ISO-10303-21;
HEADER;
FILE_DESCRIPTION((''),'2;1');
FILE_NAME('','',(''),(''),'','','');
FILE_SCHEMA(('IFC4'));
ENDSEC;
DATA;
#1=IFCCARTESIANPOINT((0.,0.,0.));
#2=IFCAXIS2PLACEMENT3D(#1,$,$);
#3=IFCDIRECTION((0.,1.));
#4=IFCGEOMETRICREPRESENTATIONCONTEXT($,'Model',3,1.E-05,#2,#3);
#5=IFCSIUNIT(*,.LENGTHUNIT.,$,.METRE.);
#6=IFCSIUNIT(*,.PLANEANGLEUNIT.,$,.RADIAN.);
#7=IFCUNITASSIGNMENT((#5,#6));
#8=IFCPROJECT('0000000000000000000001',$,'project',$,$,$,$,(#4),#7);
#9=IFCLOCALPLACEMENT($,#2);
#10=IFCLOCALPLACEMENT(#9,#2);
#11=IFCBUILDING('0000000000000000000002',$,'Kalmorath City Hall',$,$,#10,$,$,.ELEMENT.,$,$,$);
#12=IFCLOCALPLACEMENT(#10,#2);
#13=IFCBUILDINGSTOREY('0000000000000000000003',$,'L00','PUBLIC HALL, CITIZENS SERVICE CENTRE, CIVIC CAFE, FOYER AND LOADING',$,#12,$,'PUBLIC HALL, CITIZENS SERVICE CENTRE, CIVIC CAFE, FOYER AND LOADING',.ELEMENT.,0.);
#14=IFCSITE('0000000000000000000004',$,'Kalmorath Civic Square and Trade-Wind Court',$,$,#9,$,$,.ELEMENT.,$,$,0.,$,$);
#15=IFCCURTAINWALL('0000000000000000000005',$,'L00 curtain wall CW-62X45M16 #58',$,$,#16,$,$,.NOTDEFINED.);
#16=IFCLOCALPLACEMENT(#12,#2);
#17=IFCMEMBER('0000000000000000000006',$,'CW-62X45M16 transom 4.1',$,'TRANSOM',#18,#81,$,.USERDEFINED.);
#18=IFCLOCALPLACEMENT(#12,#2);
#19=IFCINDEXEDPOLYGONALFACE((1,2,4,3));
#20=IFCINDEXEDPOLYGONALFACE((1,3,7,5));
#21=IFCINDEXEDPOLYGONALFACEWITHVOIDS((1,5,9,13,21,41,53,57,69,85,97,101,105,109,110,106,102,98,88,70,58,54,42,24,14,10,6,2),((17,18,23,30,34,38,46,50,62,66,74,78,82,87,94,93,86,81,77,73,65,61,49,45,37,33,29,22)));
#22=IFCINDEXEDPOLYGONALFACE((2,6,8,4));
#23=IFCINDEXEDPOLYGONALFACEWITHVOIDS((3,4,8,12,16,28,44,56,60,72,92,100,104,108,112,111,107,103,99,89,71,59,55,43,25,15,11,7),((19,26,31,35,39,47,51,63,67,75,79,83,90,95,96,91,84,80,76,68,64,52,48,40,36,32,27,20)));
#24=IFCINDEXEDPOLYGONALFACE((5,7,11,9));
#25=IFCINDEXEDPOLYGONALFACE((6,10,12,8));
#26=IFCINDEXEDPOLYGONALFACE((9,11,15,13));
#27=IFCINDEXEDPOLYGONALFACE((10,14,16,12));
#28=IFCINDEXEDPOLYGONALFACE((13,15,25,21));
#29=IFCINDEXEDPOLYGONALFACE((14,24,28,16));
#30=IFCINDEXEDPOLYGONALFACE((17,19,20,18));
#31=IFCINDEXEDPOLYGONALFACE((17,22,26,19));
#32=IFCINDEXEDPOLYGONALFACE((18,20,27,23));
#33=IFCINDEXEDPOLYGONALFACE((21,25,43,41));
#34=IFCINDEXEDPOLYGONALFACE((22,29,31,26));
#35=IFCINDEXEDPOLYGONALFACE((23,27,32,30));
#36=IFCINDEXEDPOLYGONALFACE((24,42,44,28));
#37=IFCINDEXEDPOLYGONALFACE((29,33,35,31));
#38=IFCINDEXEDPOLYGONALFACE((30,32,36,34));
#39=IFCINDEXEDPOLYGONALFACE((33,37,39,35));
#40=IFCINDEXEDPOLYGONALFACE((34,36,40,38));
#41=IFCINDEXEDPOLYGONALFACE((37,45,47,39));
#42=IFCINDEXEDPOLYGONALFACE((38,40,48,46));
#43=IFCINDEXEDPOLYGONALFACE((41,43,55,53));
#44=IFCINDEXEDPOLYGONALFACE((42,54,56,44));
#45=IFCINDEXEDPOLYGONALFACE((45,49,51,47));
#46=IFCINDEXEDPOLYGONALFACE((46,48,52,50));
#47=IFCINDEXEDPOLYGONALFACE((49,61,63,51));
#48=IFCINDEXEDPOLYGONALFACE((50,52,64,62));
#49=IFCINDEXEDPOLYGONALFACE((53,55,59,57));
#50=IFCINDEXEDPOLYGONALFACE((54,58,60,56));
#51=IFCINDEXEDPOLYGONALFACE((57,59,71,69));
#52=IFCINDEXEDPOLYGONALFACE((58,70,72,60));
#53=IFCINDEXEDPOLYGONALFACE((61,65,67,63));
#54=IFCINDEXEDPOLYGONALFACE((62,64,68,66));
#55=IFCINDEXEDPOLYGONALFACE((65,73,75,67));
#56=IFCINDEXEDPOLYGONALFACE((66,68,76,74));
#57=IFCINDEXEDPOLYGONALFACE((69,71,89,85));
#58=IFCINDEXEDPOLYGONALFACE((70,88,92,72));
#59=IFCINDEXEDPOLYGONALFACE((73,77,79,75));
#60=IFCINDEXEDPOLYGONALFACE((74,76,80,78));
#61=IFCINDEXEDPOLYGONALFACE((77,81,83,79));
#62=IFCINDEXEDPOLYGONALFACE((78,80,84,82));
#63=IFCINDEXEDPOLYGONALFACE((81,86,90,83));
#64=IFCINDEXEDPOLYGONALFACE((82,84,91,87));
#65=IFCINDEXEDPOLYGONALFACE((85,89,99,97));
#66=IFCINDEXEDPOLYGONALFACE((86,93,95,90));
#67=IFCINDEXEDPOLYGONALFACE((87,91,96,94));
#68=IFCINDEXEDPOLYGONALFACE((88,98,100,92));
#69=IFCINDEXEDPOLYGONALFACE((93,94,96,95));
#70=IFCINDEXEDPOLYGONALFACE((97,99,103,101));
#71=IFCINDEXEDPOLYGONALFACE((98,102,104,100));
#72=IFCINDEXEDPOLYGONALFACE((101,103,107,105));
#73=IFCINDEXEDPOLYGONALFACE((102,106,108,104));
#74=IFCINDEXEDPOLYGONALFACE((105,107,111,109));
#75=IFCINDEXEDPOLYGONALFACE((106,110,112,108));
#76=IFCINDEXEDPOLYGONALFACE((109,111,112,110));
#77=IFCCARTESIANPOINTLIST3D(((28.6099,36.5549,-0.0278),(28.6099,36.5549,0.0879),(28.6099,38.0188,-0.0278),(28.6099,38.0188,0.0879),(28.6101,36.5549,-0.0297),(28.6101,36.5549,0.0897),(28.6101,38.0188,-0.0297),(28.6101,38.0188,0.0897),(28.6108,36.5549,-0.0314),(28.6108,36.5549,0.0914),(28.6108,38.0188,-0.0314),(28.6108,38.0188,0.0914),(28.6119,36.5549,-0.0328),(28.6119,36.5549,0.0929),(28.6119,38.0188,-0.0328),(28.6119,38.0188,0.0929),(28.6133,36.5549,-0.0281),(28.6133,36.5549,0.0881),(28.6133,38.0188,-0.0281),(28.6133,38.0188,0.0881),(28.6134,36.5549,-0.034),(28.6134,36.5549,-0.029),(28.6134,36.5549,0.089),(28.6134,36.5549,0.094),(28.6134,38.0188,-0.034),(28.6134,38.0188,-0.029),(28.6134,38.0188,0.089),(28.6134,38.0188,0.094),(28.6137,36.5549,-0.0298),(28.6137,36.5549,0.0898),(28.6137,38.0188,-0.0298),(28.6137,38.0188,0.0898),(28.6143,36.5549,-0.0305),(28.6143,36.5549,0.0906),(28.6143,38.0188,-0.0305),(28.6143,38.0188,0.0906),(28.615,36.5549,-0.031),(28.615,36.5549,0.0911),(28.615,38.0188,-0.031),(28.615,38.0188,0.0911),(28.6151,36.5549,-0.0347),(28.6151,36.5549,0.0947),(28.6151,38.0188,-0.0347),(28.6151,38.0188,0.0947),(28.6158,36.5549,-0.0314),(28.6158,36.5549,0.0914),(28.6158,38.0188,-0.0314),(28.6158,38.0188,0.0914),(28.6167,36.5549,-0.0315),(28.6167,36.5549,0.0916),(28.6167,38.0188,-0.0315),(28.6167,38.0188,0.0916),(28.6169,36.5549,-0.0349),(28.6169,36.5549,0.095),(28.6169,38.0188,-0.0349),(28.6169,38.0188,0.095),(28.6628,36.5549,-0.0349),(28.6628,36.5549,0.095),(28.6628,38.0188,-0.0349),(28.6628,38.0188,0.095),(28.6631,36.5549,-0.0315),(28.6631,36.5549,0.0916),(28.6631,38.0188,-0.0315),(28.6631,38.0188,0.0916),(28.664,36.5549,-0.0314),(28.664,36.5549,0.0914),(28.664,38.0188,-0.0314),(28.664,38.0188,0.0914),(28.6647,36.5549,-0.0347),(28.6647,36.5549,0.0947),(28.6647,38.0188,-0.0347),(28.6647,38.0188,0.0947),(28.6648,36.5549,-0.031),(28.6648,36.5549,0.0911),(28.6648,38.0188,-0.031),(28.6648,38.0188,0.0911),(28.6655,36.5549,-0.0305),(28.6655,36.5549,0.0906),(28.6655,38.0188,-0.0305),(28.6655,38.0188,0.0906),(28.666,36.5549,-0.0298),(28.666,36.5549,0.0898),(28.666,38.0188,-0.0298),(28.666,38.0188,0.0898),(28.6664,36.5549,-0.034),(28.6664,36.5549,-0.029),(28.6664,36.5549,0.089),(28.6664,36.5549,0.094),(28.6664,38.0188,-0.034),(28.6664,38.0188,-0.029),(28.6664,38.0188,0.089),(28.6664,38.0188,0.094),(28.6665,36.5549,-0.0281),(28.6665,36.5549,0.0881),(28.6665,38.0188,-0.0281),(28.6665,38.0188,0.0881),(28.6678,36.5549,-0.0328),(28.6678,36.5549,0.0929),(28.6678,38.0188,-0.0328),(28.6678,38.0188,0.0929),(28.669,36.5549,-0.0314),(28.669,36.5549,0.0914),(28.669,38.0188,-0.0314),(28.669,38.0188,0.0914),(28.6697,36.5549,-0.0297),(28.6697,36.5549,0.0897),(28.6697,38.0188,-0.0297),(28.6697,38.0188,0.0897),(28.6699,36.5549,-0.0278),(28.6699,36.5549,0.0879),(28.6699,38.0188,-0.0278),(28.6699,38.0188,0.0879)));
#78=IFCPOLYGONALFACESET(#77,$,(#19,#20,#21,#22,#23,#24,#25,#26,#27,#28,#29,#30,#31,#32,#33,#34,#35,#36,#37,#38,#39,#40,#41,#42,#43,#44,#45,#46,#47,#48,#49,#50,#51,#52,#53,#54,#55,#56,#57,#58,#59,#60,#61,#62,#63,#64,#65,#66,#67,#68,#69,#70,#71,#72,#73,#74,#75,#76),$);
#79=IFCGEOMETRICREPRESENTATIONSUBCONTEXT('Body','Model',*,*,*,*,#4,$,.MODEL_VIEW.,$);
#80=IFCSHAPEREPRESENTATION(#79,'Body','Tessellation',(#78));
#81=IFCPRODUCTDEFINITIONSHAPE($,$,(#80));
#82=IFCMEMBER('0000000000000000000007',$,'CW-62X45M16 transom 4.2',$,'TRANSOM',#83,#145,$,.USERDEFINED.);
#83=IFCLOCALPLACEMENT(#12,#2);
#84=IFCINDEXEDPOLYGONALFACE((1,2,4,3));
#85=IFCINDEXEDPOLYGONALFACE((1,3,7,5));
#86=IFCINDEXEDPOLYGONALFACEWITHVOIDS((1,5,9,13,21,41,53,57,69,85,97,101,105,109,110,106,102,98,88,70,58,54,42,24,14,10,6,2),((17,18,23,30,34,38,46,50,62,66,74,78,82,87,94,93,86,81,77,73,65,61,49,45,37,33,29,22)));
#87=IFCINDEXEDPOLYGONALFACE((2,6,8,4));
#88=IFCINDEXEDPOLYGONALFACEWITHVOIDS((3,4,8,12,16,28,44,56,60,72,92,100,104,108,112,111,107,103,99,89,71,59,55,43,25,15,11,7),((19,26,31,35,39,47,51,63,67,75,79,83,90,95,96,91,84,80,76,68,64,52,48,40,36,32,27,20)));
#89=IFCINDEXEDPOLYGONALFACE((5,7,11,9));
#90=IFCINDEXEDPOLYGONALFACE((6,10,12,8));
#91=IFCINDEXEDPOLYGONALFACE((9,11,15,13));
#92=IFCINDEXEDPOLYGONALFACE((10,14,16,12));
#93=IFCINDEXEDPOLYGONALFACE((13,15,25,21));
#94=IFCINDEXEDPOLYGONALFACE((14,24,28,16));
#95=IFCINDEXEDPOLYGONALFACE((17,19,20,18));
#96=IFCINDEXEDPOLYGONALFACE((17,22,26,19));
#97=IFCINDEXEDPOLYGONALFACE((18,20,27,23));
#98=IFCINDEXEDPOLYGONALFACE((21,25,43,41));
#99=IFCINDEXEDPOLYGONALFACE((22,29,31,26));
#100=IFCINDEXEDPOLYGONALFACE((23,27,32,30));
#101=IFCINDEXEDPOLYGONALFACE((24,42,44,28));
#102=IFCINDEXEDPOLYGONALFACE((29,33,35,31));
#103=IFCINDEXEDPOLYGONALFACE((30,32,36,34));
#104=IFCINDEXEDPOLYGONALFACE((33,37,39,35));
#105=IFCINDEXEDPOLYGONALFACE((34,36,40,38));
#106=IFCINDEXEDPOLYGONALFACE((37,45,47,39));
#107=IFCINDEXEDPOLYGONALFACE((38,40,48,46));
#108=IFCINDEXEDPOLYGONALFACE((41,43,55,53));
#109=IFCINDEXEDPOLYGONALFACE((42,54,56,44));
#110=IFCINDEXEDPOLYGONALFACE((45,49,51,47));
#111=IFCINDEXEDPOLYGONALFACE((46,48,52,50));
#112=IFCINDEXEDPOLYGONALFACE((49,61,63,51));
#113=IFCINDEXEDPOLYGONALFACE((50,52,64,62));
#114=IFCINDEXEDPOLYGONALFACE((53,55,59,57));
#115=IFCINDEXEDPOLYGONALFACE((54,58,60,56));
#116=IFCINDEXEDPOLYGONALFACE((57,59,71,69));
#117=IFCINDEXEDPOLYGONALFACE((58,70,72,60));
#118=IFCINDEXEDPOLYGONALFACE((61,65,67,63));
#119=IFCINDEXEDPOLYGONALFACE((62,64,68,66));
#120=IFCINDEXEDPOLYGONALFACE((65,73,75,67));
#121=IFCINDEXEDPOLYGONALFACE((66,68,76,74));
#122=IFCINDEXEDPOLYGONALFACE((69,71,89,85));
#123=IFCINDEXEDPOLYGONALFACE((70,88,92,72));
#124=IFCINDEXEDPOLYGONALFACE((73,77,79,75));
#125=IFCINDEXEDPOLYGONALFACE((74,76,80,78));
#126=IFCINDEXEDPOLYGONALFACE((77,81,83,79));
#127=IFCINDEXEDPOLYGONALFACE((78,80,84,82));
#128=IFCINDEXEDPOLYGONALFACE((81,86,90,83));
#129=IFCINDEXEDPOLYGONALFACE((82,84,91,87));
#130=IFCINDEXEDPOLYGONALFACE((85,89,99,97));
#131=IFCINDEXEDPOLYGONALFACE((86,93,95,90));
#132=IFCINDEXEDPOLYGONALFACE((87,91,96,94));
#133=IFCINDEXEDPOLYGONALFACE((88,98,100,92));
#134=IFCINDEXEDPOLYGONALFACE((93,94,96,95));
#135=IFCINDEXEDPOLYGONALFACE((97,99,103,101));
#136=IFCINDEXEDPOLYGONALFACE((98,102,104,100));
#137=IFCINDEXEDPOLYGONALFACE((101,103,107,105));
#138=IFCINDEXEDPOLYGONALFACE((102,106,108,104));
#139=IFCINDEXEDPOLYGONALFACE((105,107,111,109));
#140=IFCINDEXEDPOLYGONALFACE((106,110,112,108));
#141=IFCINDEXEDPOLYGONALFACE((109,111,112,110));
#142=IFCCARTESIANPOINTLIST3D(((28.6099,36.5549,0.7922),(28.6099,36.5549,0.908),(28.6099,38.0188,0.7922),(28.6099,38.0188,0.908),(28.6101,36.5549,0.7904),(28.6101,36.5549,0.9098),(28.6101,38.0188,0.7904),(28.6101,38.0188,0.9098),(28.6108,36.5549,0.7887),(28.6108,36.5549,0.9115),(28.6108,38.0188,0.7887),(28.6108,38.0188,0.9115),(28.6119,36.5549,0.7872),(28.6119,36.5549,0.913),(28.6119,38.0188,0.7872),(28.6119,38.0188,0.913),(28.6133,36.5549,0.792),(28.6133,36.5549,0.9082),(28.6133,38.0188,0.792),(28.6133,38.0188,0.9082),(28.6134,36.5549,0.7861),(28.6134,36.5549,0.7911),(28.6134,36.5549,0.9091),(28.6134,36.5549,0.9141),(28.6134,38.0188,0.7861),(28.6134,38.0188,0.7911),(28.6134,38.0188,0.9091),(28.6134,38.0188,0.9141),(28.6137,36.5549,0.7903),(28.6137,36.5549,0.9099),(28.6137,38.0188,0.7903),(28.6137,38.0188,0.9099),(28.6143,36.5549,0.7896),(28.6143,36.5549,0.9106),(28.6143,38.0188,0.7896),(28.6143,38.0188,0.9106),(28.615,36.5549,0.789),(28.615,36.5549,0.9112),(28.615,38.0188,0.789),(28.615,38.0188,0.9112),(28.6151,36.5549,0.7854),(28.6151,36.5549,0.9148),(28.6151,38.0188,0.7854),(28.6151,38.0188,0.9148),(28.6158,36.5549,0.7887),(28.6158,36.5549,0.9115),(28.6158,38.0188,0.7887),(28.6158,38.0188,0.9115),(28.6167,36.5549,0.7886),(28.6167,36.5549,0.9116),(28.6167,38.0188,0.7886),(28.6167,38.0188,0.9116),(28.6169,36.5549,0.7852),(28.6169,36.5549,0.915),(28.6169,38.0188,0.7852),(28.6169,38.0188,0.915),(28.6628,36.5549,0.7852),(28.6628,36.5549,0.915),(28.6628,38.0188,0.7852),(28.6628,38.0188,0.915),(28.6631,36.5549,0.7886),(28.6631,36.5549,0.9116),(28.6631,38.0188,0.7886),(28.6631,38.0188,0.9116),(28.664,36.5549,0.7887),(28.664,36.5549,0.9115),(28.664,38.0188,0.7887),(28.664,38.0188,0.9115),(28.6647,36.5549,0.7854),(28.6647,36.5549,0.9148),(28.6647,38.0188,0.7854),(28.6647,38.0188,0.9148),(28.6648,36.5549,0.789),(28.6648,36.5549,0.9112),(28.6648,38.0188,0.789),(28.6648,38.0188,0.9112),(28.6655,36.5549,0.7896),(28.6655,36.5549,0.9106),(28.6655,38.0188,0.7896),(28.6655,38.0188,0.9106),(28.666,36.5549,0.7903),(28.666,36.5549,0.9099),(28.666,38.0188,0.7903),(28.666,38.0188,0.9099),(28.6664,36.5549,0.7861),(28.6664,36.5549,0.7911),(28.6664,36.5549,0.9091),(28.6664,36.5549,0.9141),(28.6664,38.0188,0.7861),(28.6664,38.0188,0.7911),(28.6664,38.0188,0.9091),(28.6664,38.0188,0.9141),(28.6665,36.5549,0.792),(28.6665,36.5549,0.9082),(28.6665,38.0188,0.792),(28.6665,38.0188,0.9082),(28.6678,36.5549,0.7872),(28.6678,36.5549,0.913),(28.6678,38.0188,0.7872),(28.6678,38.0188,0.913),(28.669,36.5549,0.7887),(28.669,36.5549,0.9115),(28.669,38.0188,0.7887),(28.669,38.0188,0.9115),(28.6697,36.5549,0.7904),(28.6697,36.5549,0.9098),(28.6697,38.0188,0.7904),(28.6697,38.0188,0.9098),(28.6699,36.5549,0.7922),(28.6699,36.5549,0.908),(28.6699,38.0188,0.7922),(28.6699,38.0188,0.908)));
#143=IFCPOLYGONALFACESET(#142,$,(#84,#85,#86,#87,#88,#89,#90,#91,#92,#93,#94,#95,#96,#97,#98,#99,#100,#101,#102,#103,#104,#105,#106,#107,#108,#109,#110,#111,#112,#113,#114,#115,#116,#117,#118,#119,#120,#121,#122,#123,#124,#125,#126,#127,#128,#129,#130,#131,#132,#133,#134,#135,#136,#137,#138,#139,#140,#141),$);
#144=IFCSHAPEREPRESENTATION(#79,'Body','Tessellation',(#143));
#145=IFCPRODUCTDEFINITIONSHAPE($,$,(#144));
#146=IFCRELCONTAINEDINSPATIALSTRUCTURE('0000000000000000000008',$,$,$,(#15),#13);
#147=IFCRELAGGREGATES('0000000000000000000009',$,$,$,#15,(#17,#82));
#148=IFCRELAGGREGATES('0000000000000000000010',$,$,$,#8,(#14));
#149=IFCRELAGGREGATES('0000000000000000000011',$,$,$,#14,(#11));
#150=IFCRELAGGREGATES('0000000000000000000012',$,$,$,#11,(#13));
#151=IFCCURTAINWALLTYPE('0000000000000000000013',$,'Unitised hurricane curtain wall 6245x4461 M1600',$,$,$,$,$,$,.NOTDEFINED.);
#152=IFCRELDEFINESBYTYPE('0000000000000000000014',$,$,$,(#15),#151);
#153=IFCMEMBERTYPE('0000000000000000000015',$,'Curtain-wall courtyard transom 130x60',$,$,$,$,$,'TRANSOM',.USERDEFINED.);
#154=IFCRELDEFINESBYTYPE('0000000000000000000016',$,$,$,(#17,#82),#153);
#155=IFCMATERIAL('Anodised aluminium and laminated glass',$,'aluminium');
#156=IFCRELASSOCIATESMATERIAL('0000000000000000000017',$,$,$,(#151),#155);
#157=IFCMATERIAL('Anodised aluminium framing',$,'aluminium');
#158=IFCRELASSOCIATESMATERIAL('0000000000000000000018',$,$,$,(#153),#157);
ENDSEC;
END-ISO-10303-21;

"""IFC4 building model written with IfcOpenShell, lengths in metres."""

from ifc_helpers import new_model, si_unit, direction, frame, origin, origin_2d, place, context, subcontext, project, spatial, hollow_rectangle, extrude, material, material_profile, profile_set, type_object, element, aggregate, save


model = new_model("IFC4")

# Units and contexts
model_context = context("Model", 3, precision=1e-05, world=origin(), true_north=direction((0.0, 1.0)))
body_context = subcontext(model_context, "Body", "Model", "MODEL_VIEW")
ifc_project = project(units=[si_unit("LENGTHUNIT", "METRE"), si_unit("PLANEANGLEUNIT", "RADIAN")], contexts=[model_context])

# Site, building, storey
site_placement = place(None, origin())
site = spatial("IfcSite", under=ifc_project, at=site_placement, Name="Kalmorath Civic Square and Trade-Wind Court", CompositionType="ELEMENT", RefElevation=0.0)
building_placement = place(site_placement, origin())
building = spatial("IfcBuilding", under=site, at=building_placement, Name="Kalmorath City Hall", CompositionType="ELEMENT")
storey_placement = place(building_placement, origin())
storey = spatial("IfcBuildingStorey", under=building, at=storey_placement, Name="L00", Description="PUBLIC HALL, CITIZENS SERVICE CENTRE, CIVIC CAFE, FOYER AND LOADING", LongName="PUBLIC HALL, CITIZENS SERVICE CENTRE, CIVIC CAFE, FOYER AND LOADING", CompositionType="ELEMENT", Elevation=0.0)

# Curtain wall, members
ifc_material_1 = material(Name="Anodised aluminium and laminated glass", Category="aluminium")
curtain_wall_type = type_object("IfcCurtainWallType", Name="Unitised hurricane curtain wall 6245x4461 M1600", PredefinedType="NOTDEFINED", material=ifc_material_1)
curtain_wall_placement = place(storey_placement, origin())
curtain_wall = element("IfcCurtainWall", 1, at=curtain_wall_placement, inside=storey, type_object=curtain_wall_type, Name="L00 curtain wall CW-62X45M16 #58", PredefinedType="NOTDEFINED")
ifc_material_2 = material(Name="Anodised aluminium framing", Category="aluminium")
ifc_material_profile_1 = material_profile(ifc_material_2, hollow_rectangle(XDim=0.0601, YDim=0.1299, WallThickness=0.0034, InnerFilletRadius=0.0034, OuterFilletRadius=0.0071, at=origin_2d()), Name="ALU-TRN-130X60X3.5")
ifc_profile_set_1 = profile_set([ifc_material_profile_1], Name="Anodised aluminium framing")
member_type_1 = type_object("IfcMemberType", Name="Curtain-wall courtyard transom 130x60", ElementType="TRANSOM", PredefinedType="USERDEFINED", material=ifc_profile_set_1)
member_1_placement = place(storey_placement, frame((28.6399, 38.0188, 0.03), z_axis=(0.0, -1.0, 0.0), x_axis=(1.0, 0.0, 0.0)))
member_1 = element("IfcMember", 2, at=member_1_placement, type_object=member_type_1, Name="CW-62X45M16 transom 4.1", ObjectType="TRANSOM", PredefinedType="USERDEFINED", context=body_context, shape_type="SweptSolid", body=[
    extrude(hollow_rectangle(XDim=0.0601, YDim=0.1299, WallThickness=0.0034, InnerFilletRadius=0.0034, OuterFilletRadius=0.0071, at=origin_2d()), origin(), (0.0, 0.0, 1.0), 1.4639),
])
member_2_placement = place(storey_placement, frame((28.6399, 38.0188, 0.8501), z_axis=(0.0, -1.0, 0.0), x_axis=(1.0, 0.0, 0.0)))
member_2 = element("IfcMember", 3, at=member_2_placement, type_object=member_type_1, Name="CW-62X45M16 transom 4.2", ObjectType="TRANSOM", PredefinedType="USERDEFINED", context=body_context, shape_type="SweptSolid", body=[
    extrude(hollow_rectangle(XDim=0.0601, YDim=0.1299, WallThickness=0.0034, InnerFilletRadius=0.0034, OuterFilletRadius=0.0071, at=origin_2d()), origin(), (0.0, 0.0, 1.0), 1.4639),
])

aggregate(curtain_wall, [member_1, member_2])

save(model, "model.ifc")
